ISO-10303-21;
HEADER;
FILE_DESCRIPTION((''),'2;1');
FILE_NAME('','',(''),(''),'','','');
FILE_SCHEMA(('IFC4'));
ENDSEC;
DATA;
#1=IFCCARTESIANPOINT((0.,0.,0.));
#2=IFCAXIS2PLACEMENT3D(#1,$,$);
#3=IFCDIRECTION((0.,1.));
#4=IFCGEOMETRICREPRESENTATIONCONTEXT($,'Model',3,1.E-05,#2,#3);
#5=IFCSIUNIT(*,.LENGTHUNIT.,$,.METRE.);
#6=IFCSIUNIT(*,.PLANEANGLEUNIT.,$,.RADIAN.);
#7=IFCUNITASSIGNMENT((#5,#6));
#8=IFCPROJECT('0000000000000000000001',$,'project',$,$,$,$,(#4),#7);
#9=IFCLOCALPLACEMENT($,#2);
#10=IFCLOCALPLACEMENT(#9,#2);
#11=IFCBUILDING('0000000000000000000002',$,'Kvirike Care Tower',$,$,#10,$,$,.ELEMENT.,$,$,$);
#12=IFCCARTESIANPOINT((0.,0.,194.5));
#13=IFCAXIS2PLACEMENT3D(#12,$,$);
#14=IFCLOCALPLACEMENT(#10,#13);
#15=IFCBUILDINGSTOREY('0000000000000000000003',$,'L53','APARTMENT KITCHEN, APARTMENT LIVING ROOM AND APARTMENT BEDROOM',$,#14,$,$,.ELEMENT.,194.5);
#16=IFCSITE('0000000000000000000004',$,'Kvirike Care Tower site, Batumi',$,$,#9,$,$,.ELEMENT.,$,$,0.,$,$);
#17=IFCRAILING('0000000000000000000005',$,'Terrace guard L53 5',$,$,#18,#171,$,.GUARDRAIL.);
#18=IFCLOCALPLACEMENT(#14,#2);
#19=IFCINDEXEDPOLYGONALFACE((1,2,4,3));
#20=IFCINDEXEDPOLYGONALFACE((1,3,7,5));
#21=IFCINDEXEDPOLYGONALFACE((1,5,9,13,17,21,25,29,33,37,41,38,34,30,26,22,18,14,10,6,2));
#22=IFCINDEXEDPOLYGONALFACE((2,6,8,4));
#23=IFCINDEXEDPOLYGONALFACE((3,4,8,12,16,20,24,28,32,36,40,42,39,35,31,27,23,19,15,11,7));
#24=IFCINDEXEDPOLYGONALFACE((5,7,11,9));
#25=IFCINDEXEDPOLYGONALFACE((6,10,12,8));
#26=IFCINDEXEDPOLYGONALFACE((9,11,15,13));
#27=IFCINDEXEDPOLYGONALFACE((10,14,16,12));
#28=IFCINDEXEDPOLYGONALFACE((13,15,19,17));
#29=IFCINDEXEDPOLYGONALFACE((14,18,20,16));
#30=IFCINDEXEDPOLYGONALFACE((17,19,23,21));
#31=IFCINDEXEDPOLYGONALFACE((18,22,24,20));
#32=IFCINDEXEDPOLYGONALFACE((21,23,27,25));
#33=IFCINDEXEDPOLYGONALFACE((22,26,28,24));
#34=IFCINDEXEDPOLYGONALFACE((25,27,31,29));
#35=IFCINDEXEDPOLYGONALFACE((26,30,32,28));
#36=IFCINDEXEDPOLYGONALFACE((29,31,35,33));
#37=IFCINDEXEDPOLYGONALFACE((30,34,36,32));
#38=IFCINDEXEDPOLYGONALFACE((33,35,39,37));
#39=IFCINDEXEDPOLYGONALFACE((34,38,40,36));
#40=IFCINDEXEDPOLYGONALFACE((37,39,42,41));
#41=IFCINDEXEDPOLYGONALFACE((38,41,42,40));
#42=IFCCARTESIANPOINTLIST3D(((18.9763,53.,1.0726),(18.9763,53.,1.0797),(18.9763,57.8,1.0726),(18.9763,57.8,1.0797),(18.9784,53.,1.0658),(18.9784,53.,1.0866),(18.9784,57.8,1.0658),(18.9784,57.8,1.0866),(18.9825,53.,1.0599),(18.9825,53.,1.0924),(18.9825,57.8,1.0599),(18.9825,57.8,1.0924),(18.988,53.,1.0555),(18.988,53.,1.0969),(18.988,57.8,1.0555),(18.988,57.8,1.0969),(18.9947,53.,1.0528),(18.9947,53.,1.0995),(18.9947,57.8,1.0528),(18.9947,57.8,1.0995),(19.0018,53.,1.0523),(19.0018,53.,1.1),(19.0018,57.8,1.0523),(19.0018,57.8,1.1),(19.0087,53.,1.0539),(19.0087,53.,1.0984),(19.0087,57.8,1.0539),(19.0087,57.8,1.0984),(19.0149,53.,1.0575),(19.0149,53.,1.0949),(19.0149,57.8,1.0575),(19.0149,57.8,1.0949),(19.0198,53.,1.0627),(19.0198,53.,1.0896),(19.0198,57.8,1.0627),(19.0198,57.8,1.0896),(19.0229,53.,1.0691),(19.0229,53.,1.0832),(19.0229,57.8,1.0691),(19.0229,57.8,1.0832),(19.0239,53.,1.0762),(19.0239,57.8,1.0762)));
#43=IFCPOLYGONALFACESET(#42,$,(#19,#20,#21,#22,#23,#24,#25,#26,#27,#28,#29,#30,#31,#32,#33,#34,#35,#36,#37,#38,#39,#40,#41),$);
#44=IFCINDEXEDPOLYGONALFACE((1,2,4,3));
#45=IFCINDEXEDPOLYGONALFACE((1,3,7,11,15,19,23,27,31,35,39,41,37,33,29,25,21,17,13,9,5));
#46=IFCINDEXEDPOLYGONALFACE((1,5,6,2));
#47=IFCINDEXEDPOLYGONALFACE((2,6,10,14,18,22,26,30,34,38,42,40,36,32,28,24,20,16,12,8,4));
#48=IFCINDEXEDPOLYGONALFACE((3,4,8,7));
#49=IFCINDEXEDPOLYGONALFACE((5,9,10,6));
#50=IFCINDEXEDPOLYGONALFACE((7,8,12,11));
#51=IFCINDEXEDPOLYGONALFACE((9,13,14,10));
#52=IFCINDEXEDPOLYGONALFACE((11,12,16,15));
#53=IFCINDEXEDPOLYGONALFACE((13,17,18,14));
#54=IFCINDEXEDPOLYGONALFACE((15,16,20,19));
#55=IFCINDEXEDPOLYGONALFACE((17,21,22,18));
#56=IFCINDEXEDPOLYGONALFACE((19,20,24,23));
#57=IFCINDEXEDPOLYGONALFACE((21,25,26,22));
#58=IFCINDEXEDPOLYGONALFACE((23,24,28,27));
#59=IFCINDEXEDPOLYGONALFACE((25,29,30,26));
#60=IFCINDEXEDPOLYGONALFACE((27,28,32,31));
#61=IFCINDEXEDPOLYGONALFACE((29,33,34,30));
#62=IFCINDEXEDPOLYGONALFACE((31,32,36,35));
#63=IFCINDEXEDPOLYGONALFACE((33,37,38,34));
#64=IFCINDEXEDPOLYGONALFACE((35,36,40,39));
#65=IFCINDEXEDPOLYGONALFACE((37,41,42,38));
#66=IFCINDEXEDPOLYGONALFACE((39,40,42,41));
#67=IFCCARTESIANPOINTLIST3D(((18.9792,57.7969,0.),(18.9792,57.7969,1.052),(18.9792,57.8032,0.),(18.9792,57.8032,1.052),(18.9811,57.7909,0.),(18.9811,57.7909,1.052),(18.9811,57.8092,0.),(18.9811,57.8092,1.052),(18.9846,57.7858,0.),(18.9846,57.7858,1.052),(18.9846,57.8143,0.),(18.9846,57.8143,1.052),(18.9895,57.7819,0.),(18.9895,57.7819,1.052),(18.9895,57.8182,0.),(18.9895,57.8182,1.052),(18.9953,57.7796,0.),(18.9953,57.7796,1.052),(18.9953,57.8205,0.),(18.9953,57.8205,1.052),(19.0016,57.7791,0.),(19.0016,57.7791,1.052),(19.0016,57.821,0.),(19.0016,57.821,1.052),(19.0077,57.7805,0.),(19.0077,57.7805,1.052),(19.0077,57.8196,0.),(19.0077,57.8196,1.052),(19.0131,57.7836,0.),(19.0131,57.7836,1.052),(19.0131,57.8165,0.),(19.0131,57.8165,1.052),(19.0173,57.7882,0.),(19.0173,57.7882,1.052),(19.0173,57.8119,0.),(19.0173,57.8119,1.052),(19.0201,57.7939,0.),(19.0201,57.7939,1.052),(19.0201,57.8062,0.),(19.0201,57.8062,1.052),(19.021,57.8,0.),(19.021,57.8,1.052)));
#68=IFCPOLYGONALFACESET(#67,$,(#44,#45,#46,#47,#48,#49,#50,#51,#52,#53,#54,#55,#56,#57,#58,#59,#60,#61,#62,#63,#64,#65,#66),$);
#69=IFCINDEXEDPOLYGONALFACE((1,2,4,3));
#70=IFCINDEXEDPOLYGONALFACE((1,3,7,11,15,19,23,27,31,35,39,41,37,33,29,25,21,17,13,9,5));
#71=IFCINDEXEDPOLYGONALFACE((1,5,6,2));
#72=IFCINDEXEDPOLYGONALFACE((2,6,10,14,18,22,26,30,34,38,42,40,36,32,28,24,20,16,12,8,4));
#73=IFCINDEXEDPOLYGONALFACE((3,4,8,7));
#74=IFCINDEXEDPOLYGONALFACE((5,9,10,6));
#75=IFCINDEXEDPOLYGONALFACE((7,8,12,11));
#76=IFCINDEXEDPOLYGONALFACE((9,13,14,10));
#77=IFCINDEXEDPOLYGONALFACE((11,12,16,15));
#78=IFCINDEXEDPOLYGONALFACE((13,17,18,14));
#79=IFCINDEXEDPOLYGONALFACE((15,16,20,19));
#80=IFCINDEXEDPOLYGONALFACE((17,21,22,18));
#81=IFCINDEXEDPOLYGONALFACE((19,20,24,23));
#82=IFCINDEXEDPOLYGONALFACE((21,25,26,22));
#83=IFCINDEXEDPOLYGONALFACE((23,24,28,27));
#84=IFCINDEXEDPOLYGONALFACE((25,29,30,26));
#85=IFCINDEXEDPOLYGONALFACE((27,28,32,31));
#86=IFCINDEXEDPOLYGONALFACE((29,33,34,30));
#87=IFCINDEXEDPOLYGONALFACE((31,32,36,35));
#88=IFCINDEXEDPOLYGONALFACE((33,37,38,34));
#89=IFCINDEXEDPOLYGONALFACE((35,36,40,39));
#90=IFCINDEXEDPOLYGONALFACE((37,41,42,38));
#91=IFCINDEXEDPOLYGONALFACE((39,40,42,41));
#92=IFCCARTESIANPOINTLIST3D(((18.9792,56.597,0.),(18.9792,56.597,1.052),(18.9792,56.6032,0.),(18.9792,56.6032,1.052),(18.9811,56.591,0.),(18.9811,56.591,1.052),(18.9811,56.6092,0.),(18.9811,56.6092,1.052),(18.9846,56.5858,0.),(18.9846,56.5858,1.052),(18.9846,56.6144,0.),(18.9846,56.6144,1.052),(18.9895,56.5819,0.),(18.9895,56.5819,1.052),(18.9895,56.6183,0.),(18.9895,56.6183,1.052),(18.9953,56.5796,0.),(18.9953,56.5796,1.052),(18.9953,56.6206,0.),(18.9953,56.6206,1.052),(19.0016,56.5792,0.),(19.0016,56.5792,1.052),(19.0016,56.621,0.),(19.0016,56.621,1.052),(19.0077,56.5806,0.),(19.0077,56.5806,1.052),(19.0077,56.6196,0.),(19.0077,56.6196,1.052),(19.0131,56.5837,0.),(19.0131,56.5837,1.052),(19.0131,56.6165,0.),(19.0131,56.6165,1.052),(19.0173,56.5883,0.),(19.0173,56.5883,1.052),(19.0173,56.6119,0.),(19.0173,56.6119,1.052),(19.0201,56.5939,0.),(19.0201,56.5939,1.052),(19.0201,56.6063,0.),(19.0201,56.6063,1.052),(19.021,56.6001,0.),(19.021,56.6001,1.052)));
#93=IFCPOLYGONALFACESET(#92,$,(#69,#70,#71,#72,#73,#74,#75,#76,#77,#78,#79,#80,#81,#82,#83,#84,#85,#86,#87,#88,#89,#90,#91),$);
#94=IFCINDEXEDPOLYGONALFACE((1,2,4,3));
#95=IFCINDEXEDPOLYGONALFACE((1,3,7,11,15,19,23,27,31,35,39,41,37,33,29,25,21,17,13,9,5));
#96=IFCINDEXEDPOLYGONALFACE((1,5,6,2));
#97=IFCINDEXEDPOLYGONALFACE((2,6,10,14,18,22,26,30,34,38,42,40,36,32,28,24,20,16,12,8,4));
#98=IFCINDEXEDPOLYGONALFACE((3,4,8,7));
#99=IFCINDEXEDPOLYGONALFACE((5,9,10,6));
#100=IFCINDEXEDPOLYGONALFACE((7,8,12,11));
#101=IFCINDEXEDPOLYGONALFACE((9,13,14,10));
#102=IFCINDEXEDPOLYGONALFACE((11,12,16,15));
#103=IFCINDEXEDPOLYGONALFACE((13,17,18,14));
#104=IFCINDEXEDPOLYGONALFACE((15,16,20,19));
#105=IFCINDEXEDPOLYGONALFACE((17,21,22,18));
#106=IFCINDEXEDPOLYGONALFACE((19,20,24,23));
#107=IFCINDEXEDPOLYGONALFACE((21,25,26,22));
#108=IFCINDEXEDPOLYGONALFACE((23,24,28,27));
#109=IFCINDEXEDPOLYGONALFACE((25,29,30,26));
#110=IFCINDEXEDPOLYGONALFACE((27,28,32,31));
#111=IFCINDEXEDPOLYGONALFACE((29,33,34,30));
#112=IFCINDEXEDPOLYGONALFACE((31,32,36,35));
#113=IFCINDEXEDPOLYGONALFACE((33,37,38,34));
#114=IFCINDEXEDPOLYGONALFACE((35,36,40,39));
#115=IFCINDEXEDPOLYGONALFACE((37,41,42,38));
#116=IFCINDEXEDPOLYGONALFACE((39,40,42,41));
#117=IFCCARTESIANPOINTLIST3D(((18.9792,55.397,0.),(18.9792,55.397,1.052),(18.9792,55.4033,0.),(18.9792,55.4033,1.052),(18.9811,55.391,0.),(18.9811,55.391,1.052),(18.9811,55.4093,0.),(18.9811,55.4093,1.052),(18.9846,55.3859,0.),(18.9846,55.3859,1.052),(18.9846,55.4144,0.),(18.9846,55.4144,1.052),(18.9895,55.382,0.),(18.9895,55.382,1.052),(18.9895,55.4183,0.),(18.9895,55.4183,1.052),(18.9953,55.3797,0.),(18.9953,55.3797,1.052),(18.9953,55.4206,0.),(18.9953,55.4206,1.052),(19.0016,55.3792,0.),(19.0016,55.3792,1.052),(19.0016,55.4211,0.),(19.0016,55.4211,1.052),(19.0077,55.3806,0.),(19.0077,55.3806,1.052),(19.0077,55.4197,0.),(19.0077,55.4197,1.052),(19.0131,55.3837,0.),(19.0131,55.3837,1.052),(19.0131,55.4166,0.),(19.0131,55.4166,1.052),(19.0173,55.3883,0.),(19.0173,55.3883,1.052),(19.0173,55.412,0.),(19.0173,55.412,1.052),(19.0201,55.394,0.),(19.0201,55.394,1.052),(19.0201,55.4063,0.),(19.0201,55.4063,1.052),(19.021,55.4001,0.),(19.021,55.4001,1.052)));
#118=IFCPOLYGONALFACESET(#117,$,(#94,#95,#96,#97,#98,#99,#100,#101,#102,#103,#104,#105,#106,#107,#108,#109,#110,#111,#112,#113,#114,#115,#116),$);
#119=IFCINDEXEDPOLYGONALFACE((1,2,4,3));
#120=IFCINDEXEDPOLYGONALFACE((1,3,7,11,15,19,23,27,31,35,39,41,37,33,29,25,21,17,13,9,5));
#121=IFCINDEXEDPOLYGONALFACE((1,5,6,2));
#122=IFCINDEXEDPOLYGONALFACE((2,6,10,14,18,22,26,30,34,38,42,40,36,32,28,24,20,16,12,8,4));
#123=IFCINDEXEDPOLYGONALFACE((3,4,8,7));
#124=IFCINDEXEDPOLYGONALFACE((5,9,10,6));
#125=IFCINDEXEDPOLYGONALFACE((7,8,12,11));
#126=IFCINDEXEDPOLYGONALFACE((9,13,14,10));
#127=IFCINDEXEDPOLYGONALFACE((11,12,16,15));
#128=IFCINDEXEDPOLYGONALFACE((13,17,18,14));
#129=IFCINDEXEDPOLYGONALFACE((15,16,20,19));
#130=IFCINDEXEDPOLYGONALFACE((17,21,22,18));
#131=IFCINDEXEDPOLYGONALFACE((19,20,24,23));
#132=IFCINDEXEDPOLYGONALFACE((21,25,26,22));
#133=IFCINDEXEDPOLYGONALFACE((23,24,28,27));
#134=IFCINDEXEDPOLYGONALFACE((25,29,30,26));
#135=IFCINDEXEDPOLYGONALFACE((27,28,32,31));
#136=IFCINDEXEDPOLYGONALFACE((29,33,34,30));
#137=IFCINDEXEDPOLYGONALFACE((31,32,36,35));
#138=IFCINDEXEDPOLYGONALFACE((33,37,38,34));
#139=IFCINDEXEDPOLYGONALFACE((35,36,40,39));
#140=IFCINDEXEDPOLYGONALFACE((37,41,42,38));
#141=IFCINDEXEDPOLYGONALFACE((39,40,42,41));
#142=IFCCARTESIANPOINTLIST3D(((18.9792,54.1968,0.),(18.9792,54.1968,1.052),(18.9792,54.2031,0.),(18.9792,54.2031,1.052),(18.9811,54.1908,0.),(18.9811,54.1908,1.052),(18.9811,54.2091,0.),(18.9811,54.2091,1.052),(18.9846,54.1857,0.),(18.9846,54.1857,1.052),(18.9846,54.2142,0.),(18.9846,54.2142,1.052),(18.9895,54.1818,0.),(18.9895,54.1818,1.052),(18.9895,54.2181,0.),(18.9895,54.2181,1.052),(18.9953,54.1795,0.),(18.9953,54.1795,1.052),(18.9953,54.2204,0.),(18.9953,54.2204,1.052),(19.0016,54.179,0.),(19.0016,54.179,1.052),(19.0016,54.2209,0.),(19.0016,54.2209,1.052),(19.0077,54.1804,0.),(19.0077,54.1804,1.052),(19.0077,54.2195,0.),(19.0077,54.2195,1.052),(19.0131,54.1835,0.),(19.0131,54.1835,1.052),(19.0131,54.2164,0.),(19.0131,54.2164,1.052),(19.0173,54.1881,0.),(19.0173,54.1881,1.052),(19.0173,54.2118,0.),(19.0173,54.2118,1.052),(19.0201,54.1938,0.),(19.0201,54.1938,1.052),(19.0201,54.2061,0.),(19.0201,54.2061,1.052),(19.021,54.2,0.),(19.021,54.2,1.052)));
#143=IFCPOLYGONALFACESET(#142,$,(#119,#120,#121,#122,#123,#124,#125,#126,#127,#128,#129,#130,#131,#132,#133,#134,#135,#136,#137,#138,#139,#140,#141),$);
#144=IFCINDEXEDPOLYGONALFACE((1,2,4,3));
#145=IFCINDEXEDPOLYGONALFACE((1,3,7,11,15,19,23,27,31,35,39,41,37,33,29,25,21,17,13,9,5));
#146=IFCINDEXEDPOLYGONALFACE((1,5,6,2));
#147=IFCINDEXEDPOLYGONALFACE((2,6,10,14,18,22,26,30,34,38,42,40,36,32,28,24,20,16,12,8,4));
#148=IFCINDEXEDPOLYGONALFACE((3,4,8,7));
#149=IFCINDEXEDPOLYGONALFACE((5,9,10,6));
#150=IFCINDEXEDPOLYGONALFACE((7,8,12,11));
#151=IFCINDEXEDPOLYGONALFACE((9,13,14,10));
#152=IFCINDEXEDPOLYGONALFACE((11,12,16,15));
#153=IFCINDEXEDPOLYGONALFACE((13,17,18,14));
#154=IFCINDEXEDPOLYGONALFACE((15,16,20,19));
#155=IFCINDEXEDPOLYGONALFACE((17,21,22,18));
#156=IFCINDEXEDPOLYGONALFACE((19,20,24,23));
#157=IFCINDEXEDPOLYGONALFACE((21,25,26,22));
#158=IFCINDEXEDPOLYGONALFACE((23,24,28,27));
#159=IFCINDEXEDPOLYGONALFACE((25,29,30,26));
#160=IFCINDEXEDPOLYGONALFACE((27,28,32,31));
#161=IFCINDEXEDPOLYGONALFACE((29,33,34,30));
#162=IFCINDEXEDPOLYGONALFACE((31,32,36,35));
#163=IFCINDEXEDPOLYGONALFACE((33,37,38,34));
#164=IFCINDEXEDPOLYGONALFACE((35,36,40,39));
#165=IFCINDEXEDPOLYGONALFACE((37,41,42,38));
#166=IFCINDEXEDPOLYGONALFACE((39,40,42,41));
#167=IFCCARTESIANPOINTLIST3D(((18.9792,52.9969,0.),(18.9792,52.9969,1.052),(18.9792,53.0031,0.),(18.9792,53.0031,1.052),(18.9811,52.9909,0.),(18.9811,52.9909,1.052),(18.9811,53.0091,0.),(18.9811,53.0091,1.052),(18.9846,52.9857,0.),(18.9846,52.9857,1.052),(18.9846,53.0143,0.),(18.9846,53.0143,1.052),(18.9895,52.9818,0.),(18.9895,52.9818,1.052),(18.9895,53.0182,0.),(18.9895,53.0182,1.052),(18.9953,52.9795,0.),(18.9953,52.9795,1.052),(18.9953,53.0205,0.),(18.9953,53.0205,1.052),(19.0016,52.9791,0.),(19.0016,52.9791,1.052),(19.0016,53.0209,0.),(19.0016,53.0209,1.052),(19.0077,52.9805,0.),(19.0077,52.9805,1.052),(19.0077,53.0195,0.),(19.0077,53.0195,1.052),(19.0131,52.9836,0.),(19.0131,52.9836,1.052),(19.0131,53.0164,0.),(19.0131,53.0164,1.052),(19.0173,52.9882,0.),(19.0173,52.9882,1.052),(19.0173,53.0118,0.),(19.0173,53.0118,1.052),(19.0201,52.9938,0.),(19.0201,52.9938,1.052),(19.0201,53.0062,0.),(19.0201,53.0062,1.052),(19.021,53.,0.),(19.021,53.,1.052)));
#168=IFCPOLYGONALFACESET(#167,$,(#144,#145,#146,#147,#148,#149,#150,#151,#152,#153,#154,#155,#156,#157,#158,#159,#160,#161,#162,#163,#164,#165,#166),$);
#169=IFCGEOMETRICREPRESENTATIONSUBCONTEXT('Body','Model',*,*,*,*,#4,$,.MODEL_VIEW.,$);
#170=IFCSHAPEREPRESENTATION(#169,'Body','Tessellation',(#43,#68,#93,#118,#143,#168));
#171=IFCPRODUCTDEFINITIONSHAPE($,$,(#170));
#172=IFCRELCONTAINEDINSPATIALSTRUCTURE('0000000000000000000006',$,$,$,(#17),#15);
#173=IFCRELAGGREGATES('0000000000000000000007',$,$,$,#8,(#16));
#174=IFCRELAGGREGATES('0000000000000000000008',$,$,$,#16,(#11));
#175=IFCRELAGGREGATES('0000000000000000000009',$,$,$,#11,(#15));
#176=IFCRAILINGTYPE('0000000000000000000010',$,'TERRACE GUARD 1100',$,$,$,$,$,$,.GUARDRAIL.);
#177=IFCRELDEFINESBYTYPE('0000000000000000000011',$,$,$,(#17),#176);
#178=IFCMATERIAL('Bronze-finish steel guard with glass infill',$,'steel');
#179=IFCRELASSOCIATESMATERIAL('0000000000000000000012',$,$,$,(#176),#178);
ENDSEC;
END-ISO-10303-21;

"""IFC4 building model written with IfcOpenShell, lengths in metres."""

from ifc_helpers import new_model, si_unit, direction, frame, origin, origin_2d, place, context, subcontext, project, spatial, circle, extrude, material, type_object, element, save


model = new_model("IFC4")

# Units and contexts
model_context = context("Model", 3, precision=1e-05, world=origin(), true_north=direction((0.0, 1.0)))
body_context = subcontext(model_context, "Body", "Model", "MODEL_VIEW")
ifc_project = project(units=[si_unit("LENGTHUNIT", "METRE"), si_unit("PLANEANGLEUNIT", "RADIAN")], contexts=[model_context])

# Site, building, storey
site_placement = place(None, origin())
site = spatial("IfcSite", under=ifc_project, at=site_placement, Name="Kvirike Care Tower site, Batumi", CompositionType="ELEMENT", RefElevation=0.0)
building_placement = place(site_placement, origin())
building = spatial("IfcBuilding", under=site, at=building_placement, Name="Kvirike Care Tower", CompositionType="ELEMENT")
storey_placement = place(building_placement, frame((0.0, 0.0, 194.5)))
storey = spatial("IfcBuildingStorey", under=building, at=storey_placement, Name="L53", Description="APARTMENT KITCHEN, APARTMENT LIVING ROOM AND APARTMENT BEDROOM", CompositionType="ELEMENT", Elevation=194.5)

# Railing
ifc_material_1 = material(Name="Bronze-finish steel guard with glass infill", Category="steel")
railing_type = type_object("IfcRailingType", Name="TERRACE GUARD 1100", PredefinedType="GUARDRAIL", material=ifc_material_1)
railing_1_placement = place(storey_placement, frame((19.0, 57.8, 0.0)))
element("IfcRailing", 1, at=railing_1_placement, inside=storey, type_object=railing_type, Name="Terrace guard L53 5", PredefinedType="GUARDRAIL", context=body_context, shape_type="SweptSolid", body=[
    extrude(circle(Radius=0.0239, at=origin_2d()), frame((0.0, 0.0, 1.0762), z_axis=(0.0, -1.0, 0.0), x_axis=(1.0, 0.0, 0.0)), (0.0, 0.0, 1.0), 4.8),
    extrude(circle(Radius=0.021, at=origin_2d()), origin(), (0.0, 0.0, 1.0), 1.052),
    extrude(circle(Radius=0.021, at=origin_2d()), frame((0.0, -1.2, 0.0)), (0.0, 0.0, 1.0), 1.052),
    extrude(circle(Radius=0.021, at=origin_2d()), frame((0.0, -2.3999, 0.0)), (0.0, 0.0, 1.0), 1.052),
    extrude(circle(Radius=0.021, at=origin_2d()), frame((0.0, -3.6001, 0.0)), (0.0, 0.0, 1.0), 1.052),
    extrude(circle(Radius=0.021, at=origin_2d()), frame((0.0, -4.8, 0.0)), (0.0, 0.0, 1.0), 1.052),
])

save(model, "model.ifc")
